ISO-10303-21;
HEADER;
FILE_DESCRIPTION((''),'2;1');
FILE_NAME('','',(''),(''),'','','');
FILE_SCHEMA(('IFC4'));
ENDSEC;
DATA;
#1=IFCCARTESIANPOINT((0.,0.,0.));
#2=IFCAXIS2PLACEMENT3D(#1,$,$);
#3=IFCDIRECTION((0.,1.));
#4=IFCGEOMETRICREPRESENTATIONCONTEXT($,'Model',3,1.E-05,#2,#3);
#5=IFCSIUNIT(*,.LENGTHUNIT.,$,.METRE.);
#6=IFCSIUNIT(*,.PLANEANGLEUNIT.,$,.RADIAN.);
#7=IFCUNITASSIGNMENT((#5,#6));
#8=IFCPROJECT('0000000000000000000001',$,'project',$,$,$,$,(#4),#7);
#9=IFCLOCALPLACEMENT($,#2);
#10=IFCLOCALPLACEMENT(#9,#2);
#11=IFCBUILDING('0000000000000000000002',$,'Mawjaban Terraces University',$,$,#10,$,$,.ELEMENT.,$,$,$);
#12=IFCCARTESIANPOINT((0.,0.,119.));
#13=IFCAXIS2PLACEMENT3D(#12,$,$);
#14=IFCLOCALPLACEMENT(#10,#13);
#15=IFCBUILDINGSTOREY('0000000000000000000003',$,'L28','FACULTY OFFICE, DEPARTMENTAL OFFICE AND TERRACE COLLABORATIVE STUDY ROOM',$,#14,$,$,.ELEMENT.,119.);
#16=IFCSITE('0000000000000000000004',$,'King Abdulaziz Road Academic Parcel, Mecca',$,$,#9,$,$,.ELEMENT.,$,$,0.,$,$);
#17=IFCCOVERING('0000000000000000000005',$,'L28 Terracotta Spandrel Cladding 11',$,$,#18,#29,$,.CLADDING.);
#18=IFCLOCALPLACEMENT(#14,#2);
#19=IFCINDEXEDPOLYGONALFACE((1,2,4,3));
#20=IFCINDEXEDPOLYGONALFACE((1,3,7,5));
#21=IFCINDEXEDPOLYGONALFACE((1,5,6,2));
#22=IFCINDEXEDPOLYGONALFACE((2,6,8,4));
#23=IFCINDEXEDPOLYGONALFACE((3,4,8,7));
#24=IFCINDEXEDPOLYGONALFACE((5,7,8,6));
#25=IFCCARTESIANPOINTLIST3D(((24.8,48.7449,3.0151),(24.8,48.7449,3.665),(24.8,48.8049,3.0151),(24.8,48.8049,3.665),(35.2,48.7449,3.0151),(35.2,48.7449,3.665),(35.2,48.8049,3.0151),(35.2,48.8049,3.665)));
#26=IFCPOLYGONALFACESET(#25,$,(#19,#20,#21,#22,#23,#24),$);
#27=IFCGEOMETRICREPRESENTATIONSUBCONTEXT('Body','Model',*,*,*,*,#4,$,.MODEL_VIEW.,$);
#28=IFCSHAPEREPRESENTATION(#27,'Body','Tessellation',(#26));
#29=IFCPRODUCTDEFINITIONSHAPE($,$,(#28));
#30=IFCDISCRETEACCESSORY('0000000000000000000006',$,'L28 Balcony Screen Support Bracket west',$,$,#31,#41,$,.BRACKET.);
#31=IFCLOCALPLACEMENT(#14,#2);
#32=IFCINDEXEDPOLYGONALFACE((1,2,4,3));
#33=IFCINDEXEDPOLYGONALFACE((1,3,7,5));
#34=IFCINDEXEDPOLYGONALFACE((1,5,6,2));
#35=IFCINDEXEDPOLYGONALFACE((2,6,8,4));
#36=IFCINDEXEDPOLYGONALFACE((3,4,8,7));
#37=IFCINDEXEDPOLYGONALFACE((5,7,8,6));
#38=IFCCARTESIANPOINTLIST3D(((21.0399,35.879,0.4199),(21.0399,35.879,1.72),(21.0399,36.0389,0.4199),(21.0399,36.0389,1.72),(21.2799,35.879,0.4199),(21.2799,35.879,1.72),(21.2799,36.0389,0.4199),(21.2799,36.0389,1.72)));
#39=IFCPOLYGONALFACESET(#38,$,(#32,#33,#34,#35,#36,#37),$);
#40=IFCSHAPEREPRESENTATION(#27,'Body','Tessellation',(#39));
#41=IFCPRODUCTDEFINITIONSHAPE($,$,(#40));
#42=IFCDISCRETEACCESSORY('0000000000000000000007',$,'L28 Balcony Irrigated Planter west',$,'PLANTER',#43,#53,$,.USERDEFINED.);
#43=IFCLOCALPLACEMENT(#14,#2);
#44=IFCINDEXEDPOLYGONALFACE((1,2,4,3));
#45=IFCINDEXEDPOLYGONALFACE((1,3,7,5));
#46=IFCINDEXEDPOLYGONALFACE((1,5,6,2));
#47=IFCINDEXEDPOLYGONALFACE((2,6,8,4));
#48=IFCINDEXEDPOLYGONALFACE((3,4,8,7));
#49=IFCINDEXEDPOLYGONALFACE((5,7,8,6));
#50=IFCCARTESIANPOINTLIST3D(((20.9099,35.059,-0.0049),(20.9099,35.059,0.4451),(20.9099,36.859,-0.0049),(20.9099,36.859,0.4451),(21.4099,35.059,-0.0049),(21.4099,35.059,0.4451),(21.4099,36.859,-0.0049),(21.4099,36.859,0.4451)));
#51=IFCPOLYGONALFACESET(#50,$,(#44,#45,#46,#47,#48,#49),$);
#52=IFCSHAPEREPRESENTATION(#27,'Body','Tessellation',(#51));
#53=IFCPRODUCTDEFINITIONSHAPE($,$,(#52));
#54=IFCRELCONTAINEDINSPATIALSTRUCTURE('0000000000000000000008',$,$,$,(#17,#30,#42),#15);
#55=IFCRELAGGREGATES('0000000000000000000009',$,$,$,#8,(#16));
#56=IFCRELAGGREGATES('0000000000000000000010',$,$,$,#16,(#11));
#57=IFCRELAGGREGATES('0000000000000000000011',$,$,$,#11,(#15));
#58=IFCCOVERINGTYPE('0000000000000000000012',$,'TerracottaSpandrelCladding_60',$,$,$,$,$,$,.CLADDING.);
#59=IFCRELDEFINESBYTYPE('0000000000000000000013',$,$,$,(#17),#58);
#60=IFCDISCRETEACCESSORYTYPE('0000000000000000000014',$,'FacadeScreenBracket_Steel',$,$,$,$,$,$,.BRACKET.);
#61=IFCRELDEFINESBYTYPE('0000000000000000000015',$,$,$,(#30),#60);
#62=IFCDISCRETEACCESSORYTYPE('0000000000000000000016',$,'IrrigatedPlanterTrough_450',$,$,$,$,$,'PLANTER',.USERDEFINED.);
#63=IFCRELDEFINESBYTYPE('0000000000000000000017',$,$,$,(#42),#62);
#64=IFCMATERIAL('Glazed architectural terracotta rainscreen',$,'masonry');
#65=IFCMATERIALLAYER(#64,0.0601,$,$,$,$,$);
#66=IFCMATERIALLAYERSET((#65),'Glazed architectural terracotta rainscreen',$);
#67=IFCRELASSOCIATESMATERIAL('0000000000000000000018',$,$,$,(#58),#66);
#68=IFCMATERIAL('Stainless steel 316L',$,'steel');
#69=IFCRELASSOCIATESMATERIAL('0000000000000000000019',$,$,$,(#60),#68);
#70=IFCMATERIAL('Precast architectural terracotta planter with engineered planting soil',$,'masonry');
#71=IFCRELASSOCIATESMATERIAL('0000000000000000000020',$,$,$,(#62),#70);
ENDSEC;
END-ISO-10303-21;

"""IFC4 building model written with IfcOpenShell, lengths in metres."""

from ifc_helpers import new_model, si_unit, direction, frame, origin, origin_2d, place, context, subcontext, project, spatial, rectangle, extrude, material, layer, layer_set, type_object, element, save


model = new_model("IFC4")

# Units and contexts
model_context = context("Model", 3, precision=1e-05, world=origin(), true_north=direction((0.0, 1.0)))
body_context = subcontext(model_context, "Body", "Model", "MODEL_VIEW")
ifc_project = project(units=[si_unit("LENGTHUNIT", "METRE"), si_unit("PLANEANGLEUNIT", "RADIAN")], contexts=[model_context])

# Site, building, storey
site_placement = place(None, origin())
site = spatial("IfcSite", under=ifc_project, at=site_placement, Name="King Abdulaziz Road Academic Parcel, Mecca", CompositionType="ELEMENT", RefElevation=0.0)
building_placement = place(site_placement, origin())
building = spatial("IfcBuilding", under=site, at=building_placement, Name="Mawjaban Terraces University", CompositionType="ELEMENT")
storey_placement = place(building_placement, frame((0.0, 0.0, 119.0)))
storey = spatial("IfcBuildingStorey", under=building, at=storey_placement, Name="L28", Description="FACULTY OFFICE, DEPARTMENTAL OFFICE AND TERRACE COLLABORATIVE STUDY ROOM", CompositionType="ELEMENT", Elevation=119.0)

# Covering
ifc_material_1 = material(Name="Glazed architectural terracotta rainscreen", Category="masonry")
ifc_layer_1 = layer(ifc_material_1, 0.0601)
ifc_layer_set_1 = layer_set([ifc_layer_1], Name="Glazed architectural terracotta rainscreen")
covering_type = type_object("IfcCoveringType", Name="TerracottaSpandrelCladding_60", PredefinedType="CLADDING", material=ifc_layer_set_1)
covering_placement = place(storey_placement, frame((30.0, 48.7749, 3.0151), z_axis=(0.0, 0.0, 1.0), x_axis=(-1.0, 0.0, 0.0)))
element("IfcCovering", 1, at=covering_placement, inside=storey, type_object=covering_type, Name="L28 Terracotta Spandrel Cladding 11", PredefinedType="CLADDING", context=body_context, shape_type="SweptSolid", body=[
    extrude(rectangle(XDim=10.3999, YDim=0.0601, at=origin_2d()), origin(), (0.0, 0.0, 1.0), 0.6499),
])

# Discrete accessories
ifc_material_2 = material(Name="Stainless steel 316L", Category="steel")
discrete_accessory_type_1 = type_object("IfcDiscreteAccessoryType", Name="FacadeScreenBracket_Steel", PredefinedType="BRACKET", material=ifc_material_2)
discrete_accessory_1_placement = place(storey_placement, frame((21.1599, 35.959, 0.4199), z_axis=(0.0, 0.0, 1.0), x_axis=(0.0, 1.0, 0.0)))
element("IfcDiscreteAccessory", 2, at=discrete_accessory_1_placement, inside=storey, type_object=discrete_accessory_type_1, Name="L28 Balcony Screen Support Bracket west", PredefinedType="BRACKET", context=body_context, shape_type="SweptSolid", body=[
    extrude(rectangle(XDim=0.1599, YDim=0.24, at=origin_2d()), origin(), (0.0, 0.0, 1.0), 1.3),
])
ifc_material_3 = material(Name="Precast architectural terracotta planter with engineered planting soil", Category="masonry")
discrete_accessory_type_2 = type_object("IfcDiscreteAccessoryType", Name="IrrigatedPlanterTrough_450", ElementType="PLANTER", PredefinedType="USERDEFINED", material=ifc_material_3)
discrete_accessory_2_placement = place(storey_placement, frame((21.1599, 35.959, -0.0049), z_axis=(0.0, 0.0, 1.0), x_axis=(0.0, 1.0, 0.0)))
element("IfcDiscreteAccessory", 3, at=discrete_accessory_2_placement, inside=storey, type_object=discrete_accessory_type_2, Name="L28 Balcony Irrigated Planter west", ObjectType="PLANTER", PredefinedType="USERDEFINED", context=body_context, shape_type="SweptSolid", body=[
    extrude(rectangle(XDim=1.8, YDim=0.5, at=origin_2d()), origin(), (0.0, 0.0, 1.0), 0.45),
])

save(model, "model.ifc")
